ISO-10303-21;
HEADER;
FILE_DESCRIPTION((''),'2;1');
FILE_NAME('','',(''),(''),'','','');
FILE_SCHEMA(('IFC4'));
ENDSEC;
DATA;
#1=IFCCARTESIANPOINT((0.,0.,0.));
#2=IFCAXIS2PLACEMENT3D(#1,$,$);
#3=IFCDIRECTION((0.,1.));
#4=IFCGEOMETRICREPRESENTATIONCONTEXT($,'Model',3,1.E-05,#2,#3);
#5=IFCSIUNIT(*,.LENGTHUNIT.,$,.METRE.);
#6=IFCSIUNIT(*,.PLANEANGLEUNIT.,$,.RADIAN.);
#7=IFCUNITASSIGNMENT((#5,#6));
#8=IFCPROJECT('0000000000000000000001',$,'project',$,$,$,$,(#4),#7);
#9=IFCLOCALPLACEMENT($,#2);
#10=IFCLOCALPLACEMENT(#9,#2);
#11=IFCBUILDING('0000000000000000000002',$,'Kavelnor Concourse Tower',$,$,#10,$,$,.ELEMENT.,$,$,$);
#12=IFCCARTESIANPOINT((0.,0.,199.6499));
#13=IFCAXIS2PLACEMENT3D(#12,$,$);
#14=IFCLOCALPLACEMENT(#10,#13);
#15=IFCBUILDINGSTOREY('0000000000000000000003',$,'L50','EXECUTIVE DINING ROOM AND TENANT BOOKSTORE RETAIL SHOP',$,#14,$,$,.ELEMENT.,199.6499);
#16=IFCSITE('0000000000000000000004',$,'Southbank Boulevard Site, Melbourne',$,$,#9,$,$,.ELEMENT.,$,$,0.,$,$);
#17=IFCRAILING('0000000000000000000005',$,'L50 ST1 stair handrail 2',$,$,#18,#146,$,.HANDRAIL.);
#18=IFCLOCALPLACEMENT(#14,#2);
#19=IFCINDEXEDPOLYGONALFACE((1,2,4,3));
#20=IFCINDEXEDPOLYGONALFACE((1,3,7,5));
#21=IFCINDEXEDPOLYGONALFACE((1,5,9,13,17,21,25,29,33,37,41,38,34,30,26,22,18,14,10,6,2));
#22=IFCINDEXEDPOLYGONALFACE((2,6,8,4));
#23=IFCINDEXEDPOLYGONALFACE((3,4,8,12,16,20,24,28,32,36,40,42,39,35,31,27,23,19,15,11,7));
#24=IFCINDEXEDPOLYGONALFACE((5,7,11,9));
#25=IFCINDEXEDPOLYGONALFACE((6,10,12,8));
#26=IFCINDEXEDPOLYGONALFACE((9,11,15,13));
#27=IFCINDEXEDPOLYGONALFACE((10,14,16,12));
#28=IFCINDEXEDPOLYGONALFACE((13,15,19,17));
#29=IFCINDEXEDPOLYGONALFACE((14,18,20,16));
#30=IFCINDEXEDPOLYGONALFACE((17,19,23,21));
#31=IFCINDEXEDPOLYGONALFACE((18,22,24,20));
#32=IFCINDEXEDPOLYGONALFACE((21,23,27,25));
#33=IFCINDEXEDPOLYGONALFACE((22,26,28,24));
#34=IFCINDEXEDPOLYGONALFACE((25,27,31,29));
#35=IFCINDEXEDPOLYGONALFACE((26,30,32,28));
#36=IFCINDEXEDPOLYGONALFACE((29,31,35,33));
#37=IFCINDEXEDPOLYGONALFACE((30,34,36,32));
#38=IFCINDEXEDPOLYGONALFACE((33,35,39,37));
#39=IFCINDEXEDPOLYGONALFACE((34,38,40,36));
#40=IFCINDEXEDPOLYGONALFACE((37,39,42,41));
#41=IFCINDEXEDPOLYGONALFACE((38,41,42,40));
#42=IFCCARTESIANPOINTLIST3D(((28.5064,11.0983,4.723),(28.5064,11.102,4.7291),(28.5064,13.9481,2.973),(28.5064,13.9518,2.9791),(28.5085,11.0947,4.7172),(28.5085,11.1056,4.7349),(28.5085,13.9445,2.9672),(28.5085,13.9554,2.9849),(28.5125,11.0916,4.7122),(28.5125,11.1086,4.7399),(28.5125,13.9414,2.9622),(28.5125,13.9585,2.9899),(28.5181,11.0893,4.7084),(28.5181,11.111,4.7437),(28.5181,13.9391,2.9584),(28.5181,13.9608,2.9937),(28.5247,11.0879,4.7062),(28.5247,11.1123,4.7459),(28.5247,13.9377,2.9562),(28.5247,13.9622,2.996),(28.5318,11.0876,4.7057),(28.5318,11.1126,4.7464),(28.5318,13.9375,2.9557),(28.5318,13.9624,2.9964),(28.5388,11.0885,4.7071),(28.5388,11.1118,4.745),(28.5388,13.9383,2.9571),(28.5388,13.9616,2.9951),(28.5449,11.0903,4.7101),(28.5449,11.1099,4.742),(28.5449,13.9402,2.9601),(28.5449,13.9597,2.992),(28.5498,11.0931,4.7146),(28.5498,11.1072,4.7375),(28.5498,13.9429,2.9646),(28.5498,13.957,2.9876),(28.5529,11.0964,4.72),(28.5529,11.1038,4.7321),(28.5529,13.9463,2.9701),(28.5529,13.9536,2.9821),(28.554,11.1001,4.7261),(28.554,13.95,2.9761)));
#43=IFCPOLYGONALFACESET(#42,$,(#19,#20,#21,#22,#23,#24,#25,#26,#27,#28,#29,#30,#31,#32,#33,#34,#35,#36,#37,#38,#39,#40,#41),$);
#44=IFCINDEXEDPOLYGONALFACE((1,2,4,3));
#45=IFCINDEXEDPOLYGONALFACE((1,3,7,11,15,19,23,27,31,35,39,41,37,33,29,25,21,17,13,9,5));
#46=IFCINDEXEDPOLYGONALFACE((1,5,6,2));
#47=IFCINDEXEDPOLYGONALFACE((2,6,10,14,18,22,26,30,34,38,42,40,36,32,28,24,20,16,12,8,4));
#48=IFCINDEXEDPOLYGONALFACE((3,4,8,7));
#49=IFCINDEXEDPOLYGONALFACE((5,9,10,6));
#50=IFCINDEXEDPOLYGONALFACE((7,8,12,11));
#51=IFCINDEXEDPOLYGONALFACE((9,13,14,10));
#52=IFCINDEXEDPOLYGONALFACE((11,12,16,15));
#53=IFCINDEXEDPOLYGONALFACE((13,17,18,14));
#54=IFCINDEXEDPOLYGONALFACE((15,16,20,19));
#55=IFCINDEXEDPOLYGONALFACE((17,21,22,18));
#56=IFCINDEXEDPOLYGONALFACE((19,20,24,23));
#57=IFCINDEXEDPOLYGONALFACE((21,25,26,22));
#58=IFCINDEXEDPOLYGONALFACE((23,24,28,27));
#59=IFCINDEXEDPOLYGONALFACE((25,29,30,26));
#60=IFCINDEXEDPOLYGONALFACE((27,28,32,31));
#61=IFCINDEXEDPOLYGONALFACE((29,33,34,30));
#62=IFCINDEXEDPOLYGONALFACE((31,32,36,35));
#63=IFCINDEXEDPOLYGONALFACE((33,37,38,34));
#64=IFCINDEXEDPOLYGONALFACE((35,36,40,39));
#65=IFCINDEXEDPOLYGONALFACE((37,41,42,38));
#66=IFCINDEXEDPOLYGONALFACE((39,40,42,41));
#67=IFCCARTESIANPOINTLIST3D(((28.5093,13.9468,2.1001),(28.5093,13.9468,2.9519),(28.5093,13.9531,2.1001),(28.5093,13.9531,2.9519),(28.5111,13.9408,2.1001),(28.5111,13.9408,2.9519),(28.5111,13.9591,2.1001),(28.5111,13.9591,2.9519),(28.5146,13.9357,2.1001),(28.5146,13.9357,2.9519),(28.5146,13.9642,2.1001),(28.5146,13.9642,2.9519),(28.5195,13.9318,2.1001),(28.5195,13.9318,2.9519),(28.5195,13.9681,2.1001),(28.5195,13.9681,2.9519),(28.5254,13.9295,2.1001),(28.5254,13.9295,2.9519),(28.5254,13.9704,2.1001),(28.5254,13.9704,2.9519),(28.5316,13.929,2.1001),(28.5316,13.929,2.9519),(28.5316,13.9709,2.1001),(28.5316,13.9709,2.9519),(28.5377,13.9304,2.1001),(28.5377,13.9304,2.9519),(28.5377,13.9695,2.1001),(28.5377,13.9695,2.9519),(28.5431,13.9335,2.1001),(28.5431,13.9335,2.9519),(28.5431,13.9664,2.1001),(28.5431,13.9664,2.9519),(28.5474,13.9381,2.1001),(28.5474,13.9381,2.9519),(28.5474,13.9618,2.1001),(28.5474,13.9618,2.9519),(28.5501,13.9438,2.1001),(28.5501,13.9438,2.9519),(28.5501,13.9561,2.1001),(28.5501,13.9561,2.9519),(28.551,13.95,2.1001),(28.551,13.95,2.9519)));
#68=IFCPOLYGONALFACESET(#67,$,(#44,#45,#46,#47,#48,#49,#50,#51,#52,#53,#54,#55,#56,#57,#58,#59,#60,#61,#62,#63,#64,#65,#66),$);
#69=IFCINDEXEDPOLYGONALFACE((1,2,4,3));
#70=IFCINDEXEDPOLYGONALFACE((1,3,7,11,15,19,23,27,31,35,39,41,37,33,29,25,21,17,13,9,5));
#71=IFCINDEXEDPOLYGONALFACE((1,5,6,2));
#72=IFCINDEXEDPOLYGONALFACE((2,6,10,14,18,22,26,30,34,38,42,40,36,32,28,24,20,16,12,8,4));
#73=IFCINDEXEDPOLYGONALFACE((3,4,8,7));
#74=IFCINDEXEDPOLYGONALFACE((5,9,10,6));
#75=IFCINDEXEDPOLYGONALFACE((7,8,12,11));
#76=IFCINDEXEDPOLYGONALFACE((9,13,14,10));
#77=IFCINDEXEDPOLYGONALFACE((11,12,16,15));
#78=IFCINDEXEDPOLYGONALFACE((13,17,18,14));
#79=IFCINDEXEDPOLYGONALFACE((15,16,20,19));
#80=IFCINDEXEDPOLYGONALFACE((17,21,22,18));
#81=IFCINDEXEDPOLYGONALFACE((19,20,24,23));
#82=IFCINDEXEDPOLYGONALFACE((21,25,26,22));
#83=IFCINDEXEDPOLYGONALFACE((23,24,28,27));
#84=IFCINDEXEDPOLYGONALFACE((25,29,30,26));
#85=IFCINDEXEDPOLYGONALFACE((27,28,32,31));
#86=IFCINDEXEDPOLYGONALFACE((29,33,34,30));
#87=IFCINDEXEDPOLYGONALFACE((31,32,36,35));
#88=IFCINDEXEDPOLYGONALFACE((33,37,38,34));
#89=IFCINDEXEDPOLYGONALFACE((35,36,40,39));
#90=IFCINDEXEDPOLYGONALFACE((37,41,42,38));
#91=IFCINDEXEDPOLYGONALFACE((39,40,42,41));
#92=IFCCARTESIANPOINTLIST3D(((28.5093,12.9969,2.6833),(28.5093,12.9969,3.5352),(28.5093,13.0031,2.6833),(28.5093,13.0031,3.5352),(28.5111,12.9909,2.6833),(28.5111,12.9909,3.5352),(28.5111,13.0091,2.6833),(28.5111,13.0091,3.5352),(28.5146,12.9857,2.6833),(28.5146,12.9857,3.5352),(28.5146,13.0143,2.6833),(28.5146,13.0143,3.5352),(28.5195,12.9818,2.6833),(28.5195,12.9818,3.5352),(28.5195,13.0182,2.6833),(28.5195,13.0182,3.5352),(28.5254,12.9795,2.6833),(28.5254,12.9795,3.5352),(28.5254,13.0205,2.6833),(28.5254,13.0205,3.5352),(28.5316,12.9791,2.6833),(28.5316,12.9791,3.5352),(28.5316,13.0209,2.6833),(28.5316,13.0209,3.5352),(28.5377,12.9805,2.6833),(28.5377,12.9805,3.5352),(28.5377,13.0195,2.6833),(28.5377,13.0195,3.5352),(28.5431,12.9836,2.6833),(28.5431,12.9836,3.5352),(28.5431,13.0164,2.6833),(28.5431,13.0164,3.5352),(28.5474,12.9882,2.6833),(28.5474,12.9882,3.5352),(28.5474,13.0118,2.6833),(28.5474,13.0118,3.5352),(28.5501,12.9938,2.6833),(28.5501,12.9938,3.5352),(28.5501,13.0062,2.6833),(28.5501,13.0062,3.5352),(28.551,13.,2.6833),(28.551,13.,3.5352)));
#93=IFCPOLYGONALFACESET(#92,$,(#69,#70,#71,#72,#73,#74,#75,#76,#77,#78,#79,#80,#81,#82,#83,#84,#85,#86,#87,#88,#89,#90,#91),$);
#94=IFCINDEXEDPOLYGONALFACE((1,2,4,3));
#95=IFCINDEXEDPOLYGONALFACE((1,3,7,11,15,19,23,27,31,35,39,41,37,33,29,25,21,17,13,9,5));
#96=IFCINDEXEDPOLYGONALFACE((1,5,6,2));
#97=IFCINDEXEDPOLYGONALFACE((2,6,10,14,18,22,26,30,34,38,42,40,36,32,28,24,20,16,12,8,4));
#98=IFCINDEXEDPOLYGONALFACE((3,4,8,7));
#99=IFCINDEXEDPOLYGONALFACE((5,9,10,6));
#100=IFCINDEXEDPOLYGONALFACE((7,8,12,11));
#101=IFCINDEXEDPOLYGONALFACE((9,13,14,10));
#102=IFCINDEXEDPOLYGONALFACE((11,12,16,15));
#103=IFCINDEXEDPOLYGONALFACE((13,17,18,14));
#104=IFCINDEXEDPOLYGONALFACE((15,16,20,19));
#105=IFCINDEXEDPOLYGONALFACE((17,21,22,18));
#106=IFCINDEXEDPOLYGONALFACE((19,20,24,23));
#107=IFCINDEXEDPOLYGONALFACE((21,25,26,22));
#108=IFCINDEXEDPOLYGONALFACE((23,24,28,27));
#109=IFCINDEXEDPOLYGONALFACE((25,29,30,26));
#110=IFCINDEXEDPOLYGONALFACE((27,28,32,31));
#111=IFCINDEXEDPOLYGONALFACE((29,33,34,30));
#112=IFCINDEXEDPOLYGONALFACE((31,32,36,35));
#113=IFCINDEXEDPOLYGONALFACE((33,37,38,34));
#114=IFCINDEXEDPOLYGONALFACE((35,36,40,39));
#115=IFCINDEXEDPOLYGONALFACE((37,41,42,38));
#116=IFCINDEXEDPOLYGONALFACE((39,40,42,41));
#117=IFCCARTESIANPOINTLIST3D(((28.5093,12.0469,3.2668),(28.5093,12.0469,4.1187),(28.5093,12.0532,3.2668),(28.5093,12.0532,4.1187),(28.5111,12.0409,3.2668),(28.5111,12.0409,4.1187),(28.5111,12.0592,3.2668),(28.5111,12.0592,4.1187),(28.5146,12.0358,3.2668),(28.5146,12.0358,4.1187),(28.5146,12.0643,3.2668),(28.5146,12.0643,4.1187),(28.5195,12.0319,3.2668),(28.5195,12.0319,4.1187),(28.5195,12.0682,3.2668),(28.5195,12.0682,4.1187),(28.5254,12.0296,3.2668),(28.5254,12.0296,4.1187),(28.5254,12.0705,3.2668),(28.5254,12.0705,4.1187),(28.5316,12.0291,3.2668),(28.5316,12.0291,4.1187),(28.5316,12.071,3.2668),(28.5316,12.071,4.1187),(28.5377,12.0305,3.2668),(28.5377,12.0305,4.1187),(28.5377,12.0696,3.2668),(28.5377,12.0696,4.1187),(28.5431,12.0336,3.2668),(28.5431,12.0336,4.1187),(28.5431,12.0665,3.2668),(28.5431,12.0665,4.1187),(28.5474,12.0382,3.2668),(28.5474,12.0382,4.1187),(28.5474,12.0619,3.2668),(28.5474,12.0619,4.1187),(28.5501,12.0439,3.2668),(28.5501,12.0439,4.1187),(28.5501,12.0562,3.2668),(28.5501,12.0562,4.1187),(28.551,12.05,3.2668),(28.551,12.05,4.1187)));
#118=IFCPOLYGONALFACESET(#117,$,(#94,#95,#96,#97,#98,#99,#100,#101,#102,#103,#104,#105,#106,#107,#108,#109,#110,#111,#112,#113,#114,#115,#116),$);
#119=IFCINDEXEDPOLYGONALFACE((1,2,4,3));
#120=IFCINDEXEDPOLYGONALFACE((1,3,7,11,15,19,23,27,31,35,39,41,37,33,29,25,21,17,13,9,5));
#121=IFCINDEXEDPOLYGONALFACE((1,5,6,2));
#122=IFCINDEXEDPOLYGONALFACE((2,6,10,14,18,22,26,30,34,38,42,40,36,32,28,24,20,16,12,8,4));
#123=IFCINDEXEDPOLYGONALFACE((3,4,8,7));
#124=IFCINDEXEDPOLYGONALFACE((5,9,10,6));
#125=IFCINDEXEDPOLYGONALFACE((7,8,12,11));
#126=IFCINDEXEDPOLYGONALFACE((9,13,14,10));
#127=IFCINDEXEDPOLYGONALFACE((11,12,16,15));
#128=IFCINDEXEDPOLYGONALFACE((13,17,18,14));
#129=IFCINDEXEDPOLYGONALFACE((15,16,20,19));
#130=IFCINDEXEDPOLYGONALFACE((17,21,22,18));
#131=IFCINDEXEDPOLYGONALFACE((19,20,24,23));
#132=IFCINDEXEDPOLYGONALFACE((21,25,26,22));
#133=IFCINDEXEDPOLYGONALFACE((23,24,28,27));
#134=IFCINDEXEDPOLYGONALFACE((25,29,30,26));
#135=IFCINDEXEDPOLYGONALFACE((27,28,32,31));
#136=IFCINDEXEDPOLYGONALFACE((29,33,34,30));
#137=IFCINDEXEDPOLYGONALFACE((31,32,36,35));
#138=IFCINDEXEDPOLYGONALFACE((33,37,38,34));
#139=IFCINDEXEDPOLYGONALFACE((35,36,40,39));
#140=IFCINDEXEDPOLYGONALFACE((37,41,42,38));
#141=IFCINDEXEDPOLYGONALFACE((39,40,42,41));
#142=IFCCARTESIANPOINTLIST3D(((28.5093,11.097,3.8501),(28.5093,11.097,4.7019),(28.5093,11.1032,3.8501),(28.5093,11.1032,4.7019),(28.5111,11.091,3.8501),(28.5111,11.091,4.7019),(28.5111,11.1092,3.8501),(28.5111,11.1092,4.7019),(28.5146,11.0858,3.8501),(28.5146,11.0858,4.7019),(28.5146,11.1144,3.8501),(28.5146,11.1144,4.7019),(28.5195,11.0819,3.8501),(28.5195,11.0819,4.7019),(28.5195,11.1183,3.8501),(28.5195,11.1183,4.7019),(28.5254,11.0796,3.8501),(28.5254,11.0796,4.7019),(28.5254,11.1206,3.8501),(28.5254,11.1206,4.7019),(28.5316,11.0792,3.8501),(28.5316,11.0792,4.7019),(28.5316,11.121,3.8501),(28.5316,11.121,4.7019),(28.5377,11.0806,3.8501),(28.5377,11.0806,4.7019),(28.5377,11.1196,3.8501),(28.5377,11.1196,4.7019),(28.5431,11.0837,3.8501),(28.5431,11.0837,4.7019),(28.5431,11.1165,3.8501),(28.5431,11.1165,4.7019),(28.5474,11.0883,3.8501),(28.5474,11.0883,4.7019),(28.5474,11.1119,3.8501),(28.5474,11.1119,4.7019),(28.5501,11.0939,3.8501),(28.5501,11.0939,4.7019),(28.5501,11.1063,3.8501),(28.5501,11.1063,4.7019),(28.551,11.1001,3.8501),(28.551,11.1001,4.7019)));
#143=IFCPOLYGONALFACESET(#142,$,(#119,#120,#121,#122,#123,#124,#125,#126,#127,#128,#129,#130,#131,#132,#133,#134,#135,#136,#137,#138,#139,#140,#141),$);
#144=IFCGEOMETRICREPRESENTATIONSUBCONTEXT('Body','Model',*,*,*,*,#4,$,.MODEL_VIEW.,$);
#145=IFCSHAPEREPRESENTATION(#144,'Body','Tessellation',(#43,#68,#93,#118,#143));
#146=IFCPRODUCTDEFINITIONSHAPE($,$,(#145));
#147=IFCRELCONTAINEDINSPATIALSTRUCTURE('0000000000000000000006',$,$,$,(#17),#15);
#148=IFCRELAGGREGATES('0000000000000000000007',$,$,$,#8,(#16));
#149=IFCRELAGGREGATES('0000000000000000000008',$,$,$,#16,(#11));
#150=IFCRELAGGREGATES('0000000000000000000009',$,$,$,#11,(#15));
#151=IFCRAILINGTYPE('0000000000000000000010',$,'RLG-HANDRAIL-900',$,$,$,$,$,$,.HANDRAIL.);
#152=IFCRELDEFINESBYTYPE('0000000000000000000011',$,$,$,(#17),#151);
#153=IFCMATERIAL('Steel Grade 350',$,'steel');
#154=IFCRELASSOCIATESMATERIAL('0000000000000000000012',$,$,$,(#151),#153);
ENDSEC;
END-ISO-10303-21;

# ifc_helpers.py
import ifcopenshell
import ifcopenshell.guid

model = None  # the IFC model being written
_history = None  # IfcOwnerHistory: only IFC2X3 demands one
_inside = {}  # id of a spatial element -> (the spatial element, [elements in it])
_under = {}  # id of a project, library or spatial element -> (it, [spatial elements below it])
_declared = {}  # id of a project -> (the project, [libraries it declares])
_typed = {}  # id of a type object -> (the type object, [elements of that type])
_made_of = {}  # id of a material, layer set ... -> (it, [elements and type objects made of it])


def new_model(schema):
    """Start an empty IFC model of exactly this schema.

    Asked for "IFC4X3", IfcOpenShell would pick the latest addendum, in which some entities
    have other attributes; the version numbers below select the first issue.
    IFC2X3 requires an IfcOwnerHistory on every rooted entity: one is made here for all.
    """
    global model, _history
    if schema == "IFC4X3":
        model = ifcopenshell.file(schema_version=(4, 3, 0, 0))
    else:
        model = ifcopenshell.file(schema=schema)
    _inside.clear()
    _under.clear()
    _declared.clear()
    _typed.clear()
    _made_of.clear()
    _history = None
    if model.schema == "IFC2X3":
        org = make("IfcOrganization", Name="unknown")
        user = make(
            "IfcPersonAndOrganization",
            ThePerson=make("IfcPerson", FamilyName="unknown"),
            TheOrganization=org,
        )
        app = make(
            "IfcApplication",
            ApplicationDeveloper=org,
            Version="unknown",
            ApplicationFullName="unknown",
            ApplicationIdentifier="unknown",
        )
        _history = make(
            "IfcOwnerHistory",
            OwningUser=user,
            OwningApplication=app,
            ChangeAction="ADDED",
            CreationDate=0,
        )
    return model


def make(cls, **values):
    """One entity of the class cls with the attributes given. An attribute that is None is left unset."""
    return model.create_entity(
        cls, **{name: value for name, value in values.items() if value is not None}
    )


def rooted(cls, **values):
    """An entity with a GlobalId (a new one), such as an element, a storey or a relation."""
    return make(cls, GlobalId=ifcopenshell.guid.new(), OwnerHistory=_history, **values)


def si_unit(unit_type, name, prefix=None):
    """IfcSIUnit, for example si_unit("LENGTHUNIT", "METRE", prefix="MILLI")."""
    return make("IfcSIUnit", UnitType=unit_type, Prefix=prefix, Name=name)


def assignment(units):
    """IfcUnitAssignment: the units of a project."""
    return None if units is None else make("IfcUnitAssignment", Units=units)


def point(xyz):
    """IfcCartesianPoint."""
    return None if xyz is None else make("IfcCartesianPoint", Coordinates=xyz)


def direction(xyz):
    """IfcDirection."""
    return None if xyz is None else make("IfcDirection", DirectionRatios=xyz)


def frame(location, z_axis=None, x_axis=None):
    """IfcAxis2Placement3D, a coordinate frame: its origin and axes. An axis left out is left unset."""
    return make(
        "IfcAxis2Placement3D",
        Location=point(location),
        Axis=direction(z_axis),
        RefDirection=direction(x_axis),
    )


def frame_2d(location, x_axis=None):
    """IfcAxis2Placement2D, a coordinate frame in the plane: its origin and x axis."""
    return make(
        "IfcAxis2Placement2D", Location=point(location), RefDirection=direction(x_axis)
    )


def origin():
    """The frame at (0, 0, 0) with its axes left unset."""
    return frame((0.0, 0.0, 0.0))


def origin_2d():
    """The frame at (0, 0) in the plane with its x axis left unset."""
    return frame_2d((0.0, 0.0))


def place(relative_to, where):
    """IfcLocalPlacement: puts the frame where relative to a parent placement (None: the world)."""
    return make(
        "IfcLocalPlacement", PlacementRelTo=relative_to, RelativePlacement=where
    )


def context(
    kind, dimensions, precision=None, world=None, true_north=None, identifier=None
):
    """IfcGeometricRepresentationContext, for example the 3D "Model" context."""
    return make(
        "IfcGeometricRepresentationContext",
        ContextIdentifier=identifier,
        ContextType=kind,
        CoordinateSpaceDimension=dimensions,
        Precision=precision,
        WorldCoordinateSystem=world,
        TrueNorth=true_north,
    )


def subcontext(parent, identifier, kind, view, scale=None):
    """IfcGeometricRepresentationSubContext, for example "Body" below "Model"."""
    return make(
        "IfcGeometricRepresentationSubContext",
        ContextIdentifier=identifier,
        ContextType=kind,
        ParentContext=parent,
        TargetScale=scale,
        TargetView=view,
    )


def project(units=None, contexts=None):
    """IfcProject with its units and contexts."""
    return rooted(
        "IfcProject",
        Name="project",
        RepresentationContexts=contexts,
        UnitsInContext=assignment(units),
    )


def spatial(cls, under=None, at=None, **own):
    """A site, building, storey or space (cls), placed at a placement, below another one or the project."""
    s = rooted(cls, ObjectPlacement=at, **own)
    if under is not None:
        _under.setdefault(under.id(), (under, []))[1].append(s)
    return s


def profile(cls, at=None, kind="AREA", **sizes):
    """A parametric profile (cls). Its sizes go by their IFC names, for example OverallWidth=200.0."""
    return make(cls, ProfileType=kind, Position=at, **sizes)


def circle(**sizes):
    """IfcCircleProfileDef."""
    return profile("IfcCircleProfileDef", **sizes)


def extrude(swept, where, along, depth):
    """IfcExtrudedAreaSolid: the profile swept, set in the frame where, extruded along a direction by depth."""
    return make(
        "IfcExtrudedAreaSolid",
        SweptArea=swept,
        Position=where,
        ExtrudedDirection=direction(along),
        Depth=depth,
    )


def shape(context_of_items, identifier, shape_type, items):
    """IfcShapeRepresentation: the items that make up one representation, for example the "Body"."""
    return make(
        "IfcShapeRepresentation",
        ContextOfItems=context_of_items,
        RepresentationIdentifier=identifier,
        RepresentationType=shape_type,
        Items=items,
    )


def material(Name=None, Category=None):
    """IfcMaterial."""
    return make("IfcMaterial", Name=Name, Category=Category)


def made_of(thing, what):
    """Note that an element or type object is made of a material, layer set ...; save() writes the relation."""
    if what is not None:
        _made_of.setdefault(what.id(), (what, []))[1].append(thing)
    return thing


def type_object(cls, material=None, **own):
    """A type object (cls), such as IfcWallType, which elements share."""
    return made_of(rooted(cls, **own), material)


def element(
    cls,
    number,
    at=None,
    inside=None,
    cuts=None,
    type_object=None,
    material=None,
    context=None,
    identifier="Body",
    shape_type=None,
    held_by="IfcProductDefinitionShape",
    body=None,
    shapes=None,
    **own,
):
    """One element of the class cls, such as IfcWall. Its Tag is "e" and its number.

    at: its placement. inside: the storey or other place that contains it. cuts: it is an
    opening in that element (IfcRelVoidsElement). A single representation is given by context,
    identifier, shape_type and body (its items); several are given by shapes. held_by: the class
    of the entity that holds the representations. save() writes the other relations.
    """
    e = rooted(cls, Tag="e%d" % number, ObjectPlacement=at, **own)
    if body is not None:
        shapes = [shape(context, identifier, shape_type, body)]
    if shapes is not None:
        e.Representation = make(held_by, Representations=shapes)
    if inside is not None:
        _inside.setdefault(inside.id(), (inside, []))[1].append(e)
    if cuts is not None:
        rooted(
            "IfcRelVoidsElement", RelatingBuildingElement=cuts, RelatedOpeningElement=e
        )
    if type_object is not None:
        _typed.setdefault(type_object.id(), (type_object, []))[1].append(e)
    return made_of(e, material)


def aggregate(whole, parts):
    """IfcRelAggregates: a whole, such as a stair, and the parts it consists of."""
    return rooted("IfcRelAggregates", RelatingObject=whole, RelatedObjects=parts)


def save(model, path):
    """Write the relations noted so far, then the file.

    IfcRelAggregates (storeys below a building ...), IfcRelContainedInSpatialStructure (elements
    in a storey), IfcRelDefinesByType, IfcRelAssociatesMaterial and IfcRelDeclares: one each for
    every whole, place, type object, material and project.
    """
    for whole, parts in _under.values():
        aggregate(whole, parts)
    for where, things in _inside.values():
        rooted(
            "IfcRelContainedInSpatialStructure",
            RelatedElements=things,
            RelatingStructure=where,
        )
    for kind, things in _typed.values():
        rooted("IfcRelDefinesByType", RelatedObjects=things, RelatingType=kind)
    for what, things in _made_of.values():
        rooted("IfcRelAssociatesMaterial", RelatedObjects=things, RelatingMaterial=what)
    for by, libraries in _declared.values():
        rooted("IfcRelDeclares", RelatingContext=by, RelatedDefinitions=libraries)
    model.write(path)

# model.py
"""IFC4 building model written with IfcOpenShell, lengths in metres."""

from ifc_helpers import new_model, si_unit, direction, frame, origin, origin_2d, place, context, subcontext, project, spatial, circle, extrude, material, type_object, element, save


model = new_model("IFC4")

# Units and contexts
model_context = context("Model", 3, precision=1e-05, world=origin(), true_north=direction((0.0, 1.0)))
body_context = subcontext(model_context, "Body", "Model", "MODEL_VIEW")
ifc_project = project(units=[si_unit("LENGTHUNIT", "METRE"), si_unit("PLANEANGLEUNIT", "RADIAN")], contexts=[model_context])

# Site, building, storey
site_placement = place(None, origin())
site = spatial("IfcSite", under=ifc_project, at=site_placement, Name="Southbank Boulevard Site, Melbourne", CompositionType="ELEMENT", RefElevation=0.0)
building_placement = place(site_placement, origin())
building = spatial("IfcBuilding", under=site, at=building_placement, Name="Kavelnor Concourse Tower", CompositionType="ELEMENT")
storey_placement = place(building_placement, frame((0.0, 0.0, 199.6499)))
storey = spatial("IfcBuildingStorey", under=building, at=storey_placement, Name="L50", Description="EXECUTIVE DINING ROOM AND TENANT BOOKSTORE RETAIL SHOP", CompositionType="ELEMENT", Elevation=199.6499)

# Shared definitions
ifc_material_1 = material(Name="Steel Grade 350", Category="steel")

# Railing
railing_type_1 = type_object("IfcRailingType", Name="RLG-HANDRAIL-900", PredefinedType="HANDRAIL", material=ifc_material_1)
railing_1_placement = place(storey_placement, frame((28.53, 13.95, 2.1001)))
element("IfcRailing", 1, at=railing_1_placement, inside=storey, type_object=railing_type_1, Name="L50 ST1 stair handrail 2", PredefinedType="HANDRAIL", context=body_context, shape_type="SweptSolid", body=[
    extrude(circle(Radius=0.0239, at=origin_2d()), frame((0.0, 0.0, 0.876), z_axis=(0.0, -0.852159, 0.523283), x_axis=(1.0, 0.0, 0.0)), (0.0, 0.0, 1.0), 3.3442),
    extrude(circle(Radius=0.021, at=origin_2d()), origin(), (0.0, 0.0, 1.0), 0.8518),
    extrude(circle(Radius=0.021, at=origin_2d()), frame((0.0, -0.95, 0.5833)), (0.0, 0.0, 1.0), 0.8518),
    extrude(circle(Radius=0.021, at=origin_2d()), frame((0.0, -1.8999, 1.1667)), (0.0, 0.0, 1.0), 0.8518),
    extrude(circle(Radius=0.021, at=origin_2d()), frame((0.0, -2.8499, 1.75)), (0.0, 0.0, 1.0), 0.8518),
])

save(model, "model.ifc")
